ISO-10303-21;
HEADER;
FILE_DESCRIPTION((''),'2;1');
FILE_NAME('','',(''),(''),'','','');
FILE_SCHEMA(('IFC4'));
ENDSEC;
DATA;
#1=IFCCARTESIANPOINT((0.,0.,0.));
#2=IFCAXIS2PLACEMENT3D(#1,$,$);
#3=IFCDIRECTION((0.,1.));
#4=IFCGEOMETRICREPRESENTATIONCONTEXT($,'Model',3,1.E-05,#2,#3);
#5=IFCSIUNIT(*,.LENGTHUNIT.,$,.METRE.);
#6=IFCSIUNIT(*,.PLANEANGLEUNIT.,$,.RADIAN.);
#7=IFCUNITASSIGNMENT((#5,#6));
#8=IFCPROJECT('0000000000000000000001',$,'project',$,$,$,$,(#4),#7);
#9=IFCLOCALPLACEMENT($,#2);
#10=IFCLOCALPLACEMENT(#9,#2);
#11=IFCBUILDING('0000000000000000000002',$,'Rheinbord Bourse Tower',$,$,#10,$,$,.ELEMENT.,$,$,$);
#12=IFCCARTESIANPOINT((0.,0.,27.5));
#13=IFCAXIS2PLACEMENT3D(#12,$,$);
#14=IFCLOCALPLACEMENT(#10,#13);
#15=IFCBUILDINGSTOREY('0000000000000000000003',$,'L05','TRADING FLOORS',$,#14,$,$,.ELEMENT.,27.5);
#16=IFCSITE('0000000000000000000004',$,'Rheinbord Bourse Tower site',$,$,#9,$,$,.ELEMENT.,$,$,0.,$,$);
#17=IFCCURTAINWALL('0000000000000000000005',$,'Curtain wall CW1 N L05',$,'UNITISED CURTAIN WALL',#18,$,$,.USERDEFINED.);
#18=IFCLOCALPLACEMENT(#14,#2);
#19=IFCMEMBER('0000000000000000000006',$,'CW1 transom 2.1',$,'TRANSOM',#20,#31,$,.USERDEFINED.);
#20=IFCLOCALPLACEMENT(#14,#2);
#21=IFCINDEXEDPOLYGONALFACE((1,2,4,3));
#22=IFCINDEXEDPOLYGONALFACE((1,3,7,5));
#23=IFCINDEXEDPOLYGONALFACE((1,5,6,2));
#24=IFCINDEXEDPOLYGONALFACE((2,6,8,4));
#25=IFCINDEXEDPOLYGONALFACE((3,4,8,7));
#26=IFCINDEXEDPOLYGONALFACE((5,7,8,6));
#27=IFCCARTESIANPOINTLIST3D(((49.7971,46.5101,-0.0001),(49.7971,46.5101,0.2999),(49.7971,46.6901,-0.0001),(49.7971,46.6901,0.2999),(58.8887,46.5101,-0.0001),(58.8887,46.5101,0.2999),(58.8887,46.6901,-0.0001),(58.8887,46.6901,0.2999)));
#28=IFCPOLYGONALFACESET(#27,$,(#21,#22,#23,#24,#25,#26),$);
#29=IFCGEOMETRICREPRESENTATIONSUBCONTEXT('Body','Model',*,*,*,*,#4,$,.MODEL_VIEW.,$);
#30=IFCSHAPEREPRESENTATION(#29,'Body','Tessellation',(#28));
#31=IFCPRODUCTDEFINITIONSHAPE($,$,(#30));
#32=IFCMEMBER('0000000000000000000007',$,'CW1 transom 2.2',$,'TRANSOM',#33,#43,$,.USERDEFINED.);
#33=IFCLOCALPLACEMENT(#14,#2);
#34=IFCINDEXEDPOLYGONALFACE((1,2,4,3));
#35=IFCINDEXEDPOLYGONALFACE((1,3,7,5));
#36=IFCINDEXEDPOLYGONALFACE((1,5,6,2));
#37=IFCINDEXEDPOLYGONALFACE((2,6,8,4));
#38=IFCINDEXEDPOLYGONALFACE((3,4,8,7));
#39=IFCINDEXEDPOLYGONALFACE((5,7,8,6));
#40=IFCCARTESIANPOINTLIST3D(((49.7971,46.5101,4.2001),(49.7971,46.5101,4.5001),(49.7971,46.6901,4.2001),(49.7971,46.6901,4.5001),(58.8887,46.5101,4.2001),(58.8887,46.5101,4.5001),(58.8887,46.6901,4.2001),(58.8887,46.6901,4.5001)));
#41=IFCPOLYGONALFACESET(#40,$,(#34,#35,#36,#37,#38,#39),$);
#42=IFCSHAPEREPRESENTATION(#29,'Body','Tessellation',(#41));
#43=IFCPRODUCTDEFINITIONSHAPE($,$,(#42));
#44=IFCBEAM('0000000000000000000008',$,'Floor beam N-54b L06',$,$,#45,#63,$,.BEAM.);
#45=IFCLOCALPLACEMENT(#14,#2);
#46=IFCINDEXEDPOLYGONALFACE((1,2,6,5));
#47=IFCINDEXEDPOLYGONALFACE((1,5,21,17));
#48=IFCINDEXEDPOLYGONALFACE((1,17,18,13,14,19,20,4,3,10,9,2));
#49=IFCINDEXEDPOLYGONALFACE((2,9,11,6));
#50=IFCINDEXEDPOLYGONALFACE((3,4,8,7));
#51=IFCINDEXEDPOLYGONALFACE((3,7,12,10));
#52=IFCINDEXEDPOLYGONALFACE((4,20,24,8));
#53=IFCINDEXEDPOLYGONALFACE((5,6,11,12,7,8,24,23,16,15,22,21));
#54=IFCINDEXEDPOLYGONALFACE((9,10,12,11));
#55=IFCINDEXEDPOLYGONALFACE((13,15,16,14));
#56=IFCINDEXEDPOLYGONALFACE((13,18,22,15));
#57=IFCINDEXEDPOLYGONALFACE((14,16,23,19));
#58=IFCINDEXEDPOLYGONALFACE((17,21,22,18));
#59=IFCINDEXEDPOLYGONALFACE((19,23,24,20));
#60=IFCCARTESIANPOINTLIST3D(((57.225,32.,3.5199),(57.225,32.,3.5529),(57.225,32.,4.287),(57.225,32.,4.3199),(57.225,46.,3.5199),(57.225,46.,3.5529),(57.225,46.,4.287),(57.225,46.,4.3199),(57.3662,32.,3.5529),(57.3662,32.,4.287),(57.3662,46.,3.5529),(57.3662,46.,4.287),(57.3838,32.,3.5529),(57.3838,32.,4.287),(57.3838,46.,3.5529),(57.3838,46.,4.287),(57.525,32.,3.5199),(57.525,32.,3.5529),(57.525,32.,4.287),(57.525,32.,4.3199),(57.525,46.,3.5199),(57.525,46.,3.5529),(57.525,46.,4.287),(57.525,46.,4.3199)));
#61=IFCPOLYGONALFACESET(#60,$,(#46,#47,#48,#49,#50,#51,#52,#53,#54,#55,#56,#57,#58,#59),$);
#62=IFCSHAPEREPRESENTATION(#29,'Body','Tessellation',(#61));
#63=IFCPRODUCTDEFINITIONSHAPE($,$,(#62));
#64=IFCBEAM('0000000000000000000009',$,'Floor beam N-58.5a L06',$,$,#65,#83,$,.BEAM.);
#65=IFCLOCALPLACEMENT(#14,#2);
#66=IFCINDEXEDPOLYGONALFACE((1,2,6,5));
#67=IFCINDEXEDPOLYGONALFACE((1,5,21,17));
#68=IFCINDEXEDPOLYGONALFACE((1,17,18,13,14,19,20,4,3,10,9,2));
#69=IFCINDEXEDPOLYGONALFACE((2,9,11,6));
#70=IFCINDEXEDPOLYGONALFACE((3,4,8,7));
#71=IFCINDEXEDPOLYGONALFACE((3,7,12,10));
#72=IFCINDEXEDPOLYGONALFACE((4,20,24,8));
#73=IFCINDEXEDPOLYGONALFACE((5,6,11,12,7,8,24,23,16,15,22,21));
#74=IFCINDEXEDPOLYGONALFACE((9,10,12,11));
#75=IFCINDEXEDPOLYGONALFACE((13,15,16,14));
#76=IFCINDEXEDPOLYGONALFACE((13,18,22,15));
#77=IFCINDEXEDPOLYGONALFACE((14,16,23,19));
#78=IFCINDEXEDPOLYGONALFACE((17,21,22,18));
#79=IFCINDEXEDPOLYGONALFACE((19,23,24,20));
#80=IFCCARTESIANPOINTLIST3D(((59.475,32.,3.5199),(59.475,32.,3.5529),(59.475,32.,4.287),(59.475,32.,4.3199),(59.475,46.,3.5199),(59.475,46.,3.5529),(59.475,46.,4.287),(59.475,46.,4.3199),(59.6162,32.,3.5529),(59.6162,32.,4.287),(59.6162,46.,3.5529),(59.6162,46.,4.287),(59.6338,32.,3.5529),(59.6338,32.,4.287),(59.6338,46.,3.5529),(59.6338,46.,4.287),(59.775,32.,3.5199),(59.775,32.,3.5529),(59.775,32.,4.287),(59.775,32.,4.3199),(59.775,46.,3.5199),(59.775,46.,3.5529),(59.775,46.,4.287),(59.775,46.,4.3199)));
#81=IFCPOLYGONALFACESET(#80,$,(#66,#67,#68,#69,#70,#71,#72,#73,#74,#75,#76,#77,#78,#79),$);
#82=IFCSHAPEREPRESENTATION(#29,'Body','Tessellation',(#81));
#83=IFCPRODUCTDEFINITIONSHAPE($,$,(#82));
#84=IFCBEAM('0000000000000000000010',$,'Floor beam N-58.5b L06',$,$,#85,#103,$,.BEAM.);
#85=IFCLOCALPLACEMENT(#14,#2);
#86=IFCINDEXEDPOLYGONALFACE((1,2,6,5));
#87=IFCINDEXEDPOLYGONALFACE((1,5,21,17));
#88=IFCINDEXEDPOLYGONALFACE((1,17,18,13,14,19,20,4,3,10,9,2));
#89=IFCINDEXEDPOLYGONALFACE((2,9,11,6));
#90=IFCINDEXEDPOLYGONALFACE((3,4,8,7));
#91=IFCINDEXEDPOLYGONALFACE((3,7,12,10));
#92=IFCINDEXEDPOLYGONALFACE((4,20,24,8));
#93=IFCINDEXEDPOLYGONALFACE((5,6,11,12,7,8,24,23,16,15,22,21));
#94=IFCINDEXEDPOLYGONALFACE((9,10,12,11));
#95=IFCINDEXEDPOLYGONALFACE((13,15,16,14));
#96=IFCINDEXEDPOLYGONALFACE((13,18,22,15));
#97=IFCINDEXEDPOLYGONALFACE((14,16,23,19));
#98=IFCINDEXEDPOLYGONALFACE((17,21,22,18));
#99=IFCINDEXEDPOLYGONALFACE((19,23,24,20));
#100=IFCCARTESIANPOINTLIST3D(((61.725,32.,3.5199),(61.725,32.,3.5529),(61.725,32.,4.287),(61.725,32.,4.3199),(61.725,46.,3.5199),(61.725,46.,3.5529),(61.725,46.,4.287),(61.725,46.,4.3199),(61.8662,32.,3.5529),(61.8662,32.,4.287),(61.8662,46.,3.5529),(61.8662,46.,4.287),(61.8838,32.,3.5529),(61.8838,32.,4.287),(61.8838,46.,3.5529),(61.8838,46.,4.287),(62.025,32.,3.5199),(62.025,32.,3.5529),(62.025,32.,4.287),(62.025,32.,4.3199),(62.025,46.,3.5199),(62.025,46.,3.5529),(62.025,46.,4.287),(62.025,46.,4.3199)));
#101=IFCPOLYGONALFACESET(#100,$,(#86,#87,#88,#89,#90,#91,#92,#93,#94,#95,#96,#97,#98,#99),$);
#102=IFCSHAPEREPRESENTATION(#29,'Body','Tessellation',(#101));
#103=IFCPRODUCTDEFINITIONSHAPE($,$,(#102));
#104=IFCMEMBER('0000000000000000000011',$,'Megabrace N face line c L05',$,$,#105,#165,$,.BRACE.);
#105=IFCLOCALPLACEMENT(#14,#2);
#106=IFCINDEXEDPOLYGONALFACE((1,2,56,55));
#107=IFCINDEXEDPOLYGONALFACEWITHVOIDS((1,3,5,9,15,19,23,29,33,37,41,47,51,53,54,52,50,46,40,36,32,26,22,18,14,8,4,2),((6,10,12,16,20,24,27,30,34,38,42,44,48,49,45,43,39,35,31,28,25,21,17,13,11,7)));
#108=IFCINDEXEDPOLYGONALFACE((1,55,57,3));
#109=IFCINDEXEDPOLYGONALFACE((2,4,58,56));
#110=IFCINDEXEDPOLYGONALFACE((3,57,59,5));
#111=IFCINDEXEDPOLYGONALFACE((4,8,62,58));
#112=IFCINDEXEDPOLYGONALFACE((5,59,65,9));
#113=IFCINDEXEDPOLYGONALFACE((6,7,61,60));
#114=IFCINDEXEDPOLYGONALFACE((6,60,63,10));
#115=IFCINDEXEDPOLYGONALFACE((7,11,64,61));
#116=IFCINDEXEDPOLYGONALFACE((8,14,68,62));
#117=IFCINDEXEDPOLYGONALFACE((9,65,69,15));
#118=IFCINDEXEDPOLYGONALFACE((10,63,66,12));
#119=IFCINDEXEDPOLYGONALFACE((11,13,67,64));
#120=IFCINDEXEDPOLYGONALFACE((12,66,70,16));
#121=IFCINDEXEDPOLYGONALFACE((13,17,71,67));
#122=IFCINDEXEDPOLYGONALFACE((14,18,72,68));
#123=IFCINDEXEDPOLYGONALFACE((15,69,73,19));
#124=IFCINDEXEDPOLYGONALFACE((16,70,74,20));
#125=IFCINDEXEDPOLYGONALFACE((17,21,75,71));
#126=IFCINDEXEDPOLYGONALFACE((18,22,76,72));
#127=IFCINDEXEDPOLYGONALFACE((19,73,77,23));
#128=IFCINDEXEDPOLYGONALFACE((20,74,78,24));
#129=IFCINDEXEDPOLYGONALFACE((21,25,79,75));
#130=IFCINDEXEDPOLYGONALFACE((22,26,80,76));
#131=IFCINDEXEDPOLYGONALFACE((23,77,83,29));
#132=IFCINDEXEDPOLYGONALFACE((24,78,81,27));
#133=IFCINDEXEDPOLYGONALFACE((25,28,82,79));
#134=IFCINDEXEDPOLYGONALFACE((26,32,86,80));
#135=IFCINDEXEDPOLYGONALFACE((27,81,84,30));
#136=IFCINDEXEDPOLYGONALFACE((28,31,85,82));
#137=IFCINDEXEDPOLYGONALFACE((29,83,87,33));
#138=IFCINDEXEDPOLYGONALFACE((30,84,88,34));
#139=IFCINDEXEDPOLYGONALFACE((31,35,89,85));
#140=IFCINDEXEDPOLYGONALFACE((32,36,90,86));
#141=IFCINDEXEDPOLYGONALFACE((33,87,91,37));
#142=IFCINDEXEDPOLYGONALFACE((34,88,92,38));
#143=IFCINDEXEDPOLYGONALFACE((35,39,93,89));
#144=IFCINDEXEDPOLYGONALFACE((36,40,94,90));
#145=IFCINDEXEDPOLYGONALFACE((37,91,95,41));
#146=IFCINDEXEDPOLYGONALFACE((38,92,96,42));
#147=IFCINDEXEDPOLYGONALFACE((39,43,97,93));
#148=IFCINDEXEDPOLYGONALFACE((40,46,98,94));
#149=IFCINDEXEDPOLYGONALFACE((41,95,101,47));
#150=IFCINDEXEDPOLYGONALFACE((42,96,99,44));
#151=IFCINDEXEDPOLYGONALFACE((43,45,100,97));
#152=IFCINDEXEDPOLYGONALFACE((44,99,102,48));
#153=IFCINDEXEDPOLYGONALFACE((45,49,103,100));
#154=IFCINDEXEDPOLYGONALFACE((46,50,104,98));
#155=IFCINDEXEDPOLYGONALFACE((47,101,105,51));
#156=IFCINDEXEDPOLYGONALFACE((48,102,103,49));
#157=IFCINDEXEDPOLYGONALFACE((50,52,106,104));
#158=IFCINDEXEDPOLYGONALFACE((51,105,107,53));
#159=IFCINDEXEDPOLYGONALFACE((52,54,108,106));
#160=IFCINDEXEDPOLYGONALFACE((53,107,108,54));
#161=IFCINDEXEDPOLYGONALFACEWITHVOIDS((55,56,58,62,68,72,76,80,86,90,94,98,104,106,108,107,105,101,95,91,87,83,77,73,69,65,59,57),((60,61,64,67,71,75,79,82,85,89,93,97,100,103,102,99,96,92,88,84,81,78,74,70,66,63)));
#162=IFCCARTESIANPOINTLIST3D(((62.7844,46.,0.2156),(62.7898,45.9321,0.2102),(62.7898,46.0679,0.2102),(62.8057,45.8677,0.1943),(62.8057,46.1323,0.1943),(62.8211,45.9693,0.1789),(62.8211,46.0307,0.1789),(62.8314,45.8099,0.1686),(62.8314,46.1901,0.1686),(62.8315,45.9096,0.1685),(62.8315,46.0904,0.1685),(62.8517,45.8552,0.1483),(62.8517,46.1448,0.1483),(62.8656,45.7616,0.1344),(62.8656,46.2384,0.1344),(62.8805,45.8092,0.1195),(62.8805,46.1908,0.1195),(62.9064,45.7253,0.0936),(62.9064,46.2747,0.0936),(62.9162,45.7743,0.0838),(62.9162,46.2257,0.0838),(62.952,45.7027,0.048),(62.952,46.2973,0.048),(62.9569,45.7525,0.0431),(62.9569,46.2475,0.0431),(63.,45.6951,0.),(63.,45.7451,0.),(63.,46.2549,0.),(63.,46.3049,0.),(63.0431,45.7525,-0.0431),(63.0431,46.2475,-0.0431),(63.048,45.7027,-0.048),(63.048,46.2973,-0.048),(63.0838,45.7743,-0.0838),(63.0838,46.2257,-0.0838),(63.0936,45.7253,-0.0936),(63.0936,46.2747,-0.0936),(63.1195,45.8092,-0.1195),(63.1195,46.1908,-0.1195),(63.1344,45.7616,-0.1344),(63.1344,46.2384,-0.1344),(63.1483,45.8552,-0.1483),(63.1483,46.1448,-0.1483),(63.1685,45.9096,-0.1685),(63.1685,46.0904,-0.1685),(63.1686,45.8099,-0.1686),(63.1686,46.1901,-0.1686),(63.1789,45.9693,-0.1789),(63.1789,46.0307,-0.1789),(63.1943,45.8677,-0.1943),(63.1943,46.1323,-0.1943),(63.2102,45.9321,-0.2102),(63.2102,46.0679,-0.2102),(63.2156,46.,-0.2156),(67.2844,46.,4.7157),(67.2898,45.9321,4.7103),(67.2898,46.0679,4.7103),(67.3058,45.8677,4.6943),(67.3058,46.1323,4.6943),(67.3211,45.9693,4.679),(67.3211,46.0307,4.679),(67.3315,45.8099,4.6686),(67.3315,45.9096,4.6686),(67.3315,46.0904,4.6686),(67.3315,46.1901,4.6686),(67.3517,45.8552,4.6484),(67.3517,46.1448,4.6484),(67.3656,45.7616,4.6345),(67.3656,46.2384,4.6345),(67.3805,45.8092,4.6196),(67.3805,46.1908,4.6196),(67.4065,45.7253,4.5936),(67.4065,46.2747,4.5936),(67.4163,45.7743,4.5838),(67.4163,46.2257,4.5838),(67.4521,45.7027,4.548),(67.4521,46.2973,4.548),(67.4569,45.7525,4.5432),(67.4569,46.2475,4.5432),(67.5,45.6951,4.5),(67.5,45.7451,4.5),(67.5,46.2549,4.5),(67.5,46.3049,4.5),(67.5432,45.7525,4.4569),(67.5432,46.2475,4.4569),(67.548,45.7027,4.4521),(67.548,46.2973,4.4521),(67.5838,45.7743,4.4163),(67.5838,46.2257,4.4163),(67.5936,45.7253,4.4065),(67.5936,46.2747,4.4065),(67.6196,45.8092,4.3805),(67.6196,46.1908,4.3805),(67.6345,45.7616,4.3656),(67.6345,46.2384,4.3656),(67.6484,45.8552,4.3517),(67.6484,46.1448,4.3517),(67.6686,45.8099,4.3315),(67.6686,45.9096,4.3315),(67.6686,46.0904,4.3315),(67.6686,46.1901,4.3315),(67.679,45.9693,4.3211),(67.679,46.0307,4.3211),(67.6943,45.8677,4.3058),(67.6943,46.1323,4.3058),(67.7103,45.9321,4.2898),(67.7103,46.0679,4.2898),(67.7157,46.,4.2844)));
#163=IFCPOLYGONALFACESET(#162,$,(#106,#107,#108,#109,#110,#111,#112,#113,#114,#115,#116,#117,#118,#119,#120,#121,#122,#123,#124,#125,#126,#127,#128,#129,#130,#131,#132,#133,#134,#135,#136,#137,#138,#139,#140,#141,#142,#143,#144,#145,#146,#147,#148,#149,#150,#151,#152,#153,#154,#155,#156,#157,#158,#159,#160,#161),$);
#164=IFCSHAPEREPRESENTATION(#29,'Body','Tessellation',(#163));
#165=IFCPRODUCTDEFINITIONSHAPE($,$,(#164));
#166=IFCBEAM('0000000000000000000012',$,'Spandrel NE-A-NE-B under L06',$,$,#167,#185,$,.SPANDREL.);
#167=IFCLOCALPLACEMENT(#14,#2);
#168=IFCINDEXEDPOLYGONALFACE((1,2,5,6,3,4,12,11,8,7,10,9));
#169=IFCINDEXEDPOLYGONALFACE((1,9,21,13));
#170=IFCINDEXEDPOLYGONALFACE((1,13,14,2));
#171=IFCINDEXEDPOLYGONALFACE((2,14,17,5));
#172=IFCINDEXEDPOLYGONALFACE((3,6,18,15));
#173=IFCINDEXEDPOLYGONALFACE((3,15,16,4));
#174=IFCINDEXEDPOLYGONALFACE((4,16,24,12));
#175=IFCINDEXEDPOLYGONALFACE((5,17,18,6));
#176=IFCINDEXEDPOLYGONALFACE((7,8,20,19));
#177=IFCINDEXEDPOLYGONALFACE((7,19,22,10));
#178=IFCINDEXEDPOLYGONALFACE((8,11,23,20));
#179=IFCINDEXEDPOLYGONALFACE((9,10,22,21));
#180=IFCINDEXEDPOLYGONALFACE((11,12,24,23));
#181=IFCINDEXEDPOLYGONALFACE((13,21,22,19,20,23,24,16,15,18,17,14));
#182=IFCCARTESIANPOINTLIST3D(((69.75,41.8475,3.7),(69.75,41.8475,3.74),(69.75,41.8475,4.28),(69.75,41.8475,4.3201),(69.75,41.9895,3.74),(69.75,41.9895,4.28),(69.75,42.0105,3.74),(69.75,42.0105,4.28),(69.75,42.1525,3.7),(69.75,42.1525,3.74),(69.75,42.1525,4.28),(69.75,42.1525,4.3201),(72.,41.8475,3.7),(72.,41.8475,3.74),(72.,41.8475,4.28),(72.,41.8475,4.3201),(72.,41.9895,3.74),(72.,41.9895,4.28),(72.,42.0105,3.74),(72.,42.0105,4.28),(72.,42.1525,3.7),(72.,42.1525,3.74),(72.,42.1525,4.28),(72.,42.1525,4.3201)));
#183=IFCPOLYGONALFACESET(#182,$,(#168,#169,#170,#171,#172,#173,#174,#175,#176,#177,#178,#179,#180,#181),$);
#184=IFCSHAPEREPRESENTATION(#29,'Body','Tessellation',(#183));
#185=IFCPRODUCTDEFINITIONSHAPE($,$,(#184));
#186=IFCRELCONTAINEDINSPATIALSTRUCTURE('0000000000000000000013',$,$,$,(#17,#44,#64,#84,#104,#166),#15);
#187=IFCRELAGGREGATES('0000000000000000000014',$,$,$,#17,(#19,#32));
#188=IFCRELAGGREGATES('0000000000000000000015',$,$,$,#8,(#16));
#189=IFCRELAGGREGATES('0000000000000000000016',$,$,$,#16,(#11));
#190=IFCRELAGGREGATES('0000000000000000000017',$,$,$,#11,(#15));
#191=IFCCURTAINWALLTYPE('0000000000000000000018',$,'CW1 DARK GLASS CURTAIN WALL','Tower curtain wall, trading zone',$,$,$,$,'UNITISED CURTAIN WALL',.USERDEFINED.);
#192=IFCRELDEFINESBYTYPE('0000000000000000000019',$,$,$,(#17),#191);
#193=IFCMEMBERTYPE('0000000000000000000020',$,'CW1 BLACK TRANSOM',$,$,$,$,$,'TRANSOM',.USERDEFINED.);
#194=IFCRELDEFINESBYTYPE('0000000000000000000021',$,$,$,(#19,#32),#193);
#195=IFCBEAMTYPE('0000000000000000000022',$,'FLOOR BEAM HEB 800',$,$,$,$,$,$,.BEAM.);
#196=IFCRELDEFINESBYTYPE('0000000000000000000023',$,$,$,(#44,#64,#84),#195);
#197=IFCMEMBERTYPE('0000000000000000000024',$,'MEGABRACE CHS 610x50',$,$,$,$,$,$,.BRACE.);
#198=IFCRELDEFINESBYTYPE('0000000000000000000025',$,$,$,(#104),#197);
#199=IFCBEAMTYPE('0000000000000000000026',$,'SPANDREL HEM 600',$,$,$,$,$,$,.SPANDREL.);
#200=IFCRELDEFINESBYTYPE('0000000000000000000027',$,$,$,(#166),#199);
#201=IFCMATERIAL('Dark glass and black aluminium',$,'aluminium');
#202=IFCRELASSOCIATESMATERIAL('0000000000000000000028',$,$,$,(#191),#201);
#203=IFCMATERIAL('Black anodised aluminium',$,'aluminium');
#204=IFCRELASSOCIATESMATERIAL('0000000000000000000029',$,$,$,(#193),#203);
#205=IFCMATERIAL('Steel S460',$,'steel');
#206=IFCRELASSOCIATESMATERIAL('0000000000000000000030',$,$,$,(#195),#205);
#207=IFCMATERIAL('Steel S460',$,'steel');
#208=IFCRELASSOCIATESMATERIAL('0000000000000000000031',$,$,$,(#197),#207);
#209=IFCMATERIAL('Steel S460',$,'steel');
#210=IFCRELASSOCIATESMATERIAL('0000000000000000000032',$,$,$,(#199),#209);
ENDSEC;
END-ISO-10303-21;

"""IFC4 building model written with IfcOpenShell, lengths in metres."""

from ifc_helpers import new_model, si_unit, direction, frame, origin, origin_2d, place, context, subcontext, project, spatial, rectangle, hollow_circle, i_section, extrude, material, material_profile, profile_set, type_object, element, aggregate, save


model = new_model("IFC4")

# Units and contexts
model_context = context("Model", 3, precision=1e-05, world=origin(), true_north=direction((0.0, 1.0)))
body_context = subcontext(model_context, "Body", "Model", "MODEL_VIEW")
ifc_project = project(units=[si_unit("LENGTHUNIT", "METRE"), si_unit("PLANEANGLEUNIT", "RADIAN")], contexts=[model_context])

# Site, building, storey
site_placement = place(None, origin())
site = spatial("IfcSite", under=ifc_project, at=site_placement, Name="Rheinbord Bourse Tower site", CompositionType="ELEMENT", RefElevation=0.0)
building_placement = place(site_placement, origin())
building = spatial("IfcBuilding", under=site, at=building_placement, Name="Rheinbord Bourse Tower", CompositionType="ELEMENT")
storey_placement = place(building_placement, frame((0.0, 0.0, 27.5)))
storey = spatial("IfcBuildingStorey", under=building, at=storey_placement, Name="L05", Description="TRADING FLOORS", CompositionType="ELEMENT", Elevation=27.5)

# Curtain wall
ifc_material_1 = material(Name="Dark glass and black aluminium", Category="aluminium")
curtain_wall_type = type_object("IfcCurtainWallType", Name="CW1 DARK GLASS CURTAIN WALL", Description="Tower curtain wall, trading zone", ElementType="UNITISED CURTAIN WALL", PredefinedType="USERDEFINED", material=ifc_material_1)
curtain_wall_1_placement = place(storey_placement, origin())
curtain_wall_1 = element("IfcCurtainWall", 1, at=curtain_wall_1_placement, inside=storey, type_object=curtain_wall_type, Name="Curtain wall CW1 N L05", ObjectType="UNITISED CURTAIN WALL", PredefinedType="USERDEFINED")

# Members
ifc_material_2 = material(Name="Black anodised aluminium", Category="aluminium")
ifc_material_profile_1 = material_profile(ifc_material_2, rectangle(XDim=0.1799, YDim=0.3, at=origin_2d()), Name="CW1 TRANSOM 300x180")
ifc_profile_set_1 = profile_set([ifc_material_profile_1], Name="Black anodised aluminium")
member_type_1 = type_object("IfcMemberType", Name="CW1 BLACK TRANSOM", ElementType="TRANSOM", PredefinedType="USERDEFINED", material=ifc_profile_set_1)
member_1_placement = place(storey_placement, frame((58.8887, 46.6001, 0.1499), z_axis=(-1.0, 0.0, 0.0), x_axis=(0.0, -1.0, 0.0)))
member_1 = element("IfcMember", 2, at=member_1_placement, type_object=member_type_1, Name="CW1 transom 2.1", ObjectType="TRANSOM", PredefinedType="USERDEFINED", context=body_context, shape_type="SweptSolid", body=[
    extrude(rectangle(XDim=0.1799, YDim=0.3, at=origin_2d()), origin(), (0.0, 0.0, 1.0), 9.0916),
])
member_2_placement = place(storey_placement, frame((58.8887, 46.6001, 4.3501), z_axis=(-1.0, 0.0, 0.0), x_axis=(0.0, -1.0, 0.0)))
member_2 = element("IfcMember", 3, at=member_2_placement, type_object=member_type_1, Name="CW1 transom 2.2", ObjectType="TRANSOM", PredefinedType="USERDEFINED", context=body_context, shape_type="SweptSolid", body=[
    extrude(rectangle(XDim=0.1799, YDim=0.3, at=origin_2d()), origin(), (0.0, 0.0, 1.0), 9.0916),
])

# Beams
ifc_material_3 = material(Name="Steel S460", Category="steel")
ifc_material_profile_2 = material_profile(ifc_material_3, i_section(OverallWidth=0.3, OverallDepth=0.8, WebThickness=0.0176, FlangeThickness=0.033, at=origin_2d()), Name="HEB 800")
ifc_profile_set_2 = profile_set([ifc_material_profile_2], Name="Steel S460")
beam_type_1 = type_object("IfcBeamType", Name="FLOOR BEAM HEB 800", PredefinedType="BEAM", material=ifc_profile_set_2)
for number, where, z_axis, x_axis, name in (
    (4, (57.375, 46.0, 3.9199), (0.0, -1.0, 0.0), (1.0, 0.0, 0.0), "Floor beam N-54b L06"),
    (5, (59.625, 46.0, 3.9199), (0.0, -1.0, 0.0), (1.0, 0.0, 0.0), "Floor beam N-58.5a L06"),
    (6, (61.875, 46.0, 3.9199), (0.0, -1.0, 0.0), (1.0, 0.0, 0.0), "Floor beam N-58.5b L06"),
):
    element("IfcBeam", number, at=place(storey_placement, frame(where, z_axis=z_axis, x_axis=x_axis)), inside=storey, type_object=beam_type_1, Name=name, PredefinedType="BEAM", context=body_context, shape_type="SweptSolid", body=[
        extrude(i_section(OverallWidth=0.3, OverallDepth=0.8, WebThickness=0.0176, FlangeThickness=0.033, at=origin_2d()), origin(), (0.0, 0.0, 1.0), 14.0),
    ])

# Member
ifc_material_4 = material(Name="Steel S460", Category="steel")
ifc_material_profile_3 = material_profile(ifc_material_4, hollow_circle(Radius=0.3049, WallThickness=0.05, at=origin_2d()), Name="CHS 610x50")
ifc_profile_set_3 = profile_set([ifc_material_profile_3], Name="Steel S460")
member_type_2 = type_object("IfcMemberType", Name="MEGABRACE CHS 610x50", PredefinedType="BRACE", material=ifc_profile_set_3)
member_3_placement = place(storey_placement, frame((63.0, 46.0, 0.0), z_axis=(0.707107, 0.0, 0.707107), x_axis=(0.0, 1.0, 0.0)))
element("IfcMember", 7, at=member_3_placement, inside=storey, type_object=member_type_2, Name="Megabrace N face line c L05", PredefinedType="BRACE", context=body_context, shape_type="SweptSolid", body=[
    extrude(hollow_circle(Radius=0.3049, WallThickness=0.05, at=origin_2d()), origin(), (0.0, 0.0, 1.0), 6.364),
])

# Beam
ifc_material_5 = material(Name="Steel S460", Category="steel")
ifc_material_profile_4 = material_profile(ifc_material_5, i_section(OverallWidth=0.3049, OverallDepth=0.6201, WebThickness=0.021, FlangeThickness=0.04, at=origin_2d()), Name="HEM 600")
ifc_profile_set_4 = profile_set([ifc_material_profile_4], Name="Steel S460")
beam_type_2 = type_object("IfcBeamType", Name="SPANDREL HEM 600", PredefinedType="SPANDREL", material=ifc_profile_set_4)
beam_1_placement = place(storey_placement, frame((72.0, 42.0, 4.01), z_axis=(-1.0, 0.0, 0.0), x_axis=(0.0, -1.0, 0.0)))
element("IfcBeam", 8, at=beam_1_placement, inside=storey, type_object=beam_type_2, Name="Spandrel NE-A-NE-B under L06", PredefinedType="SPANDREL", context=body_context, shape_type="SweptSolid", body=[
    extrude(i_section(OverallWidth=0.3049, OverallDepth=0.6201, WebThickness=0.021, FlangeThickness=0.04, at=origin_2d()), origin(), (0.0, 0.0, 1.0), 2.25),
])

aggregate(curtain_wall_1, [member_1, member_2])

save(model, "model.ifc")
